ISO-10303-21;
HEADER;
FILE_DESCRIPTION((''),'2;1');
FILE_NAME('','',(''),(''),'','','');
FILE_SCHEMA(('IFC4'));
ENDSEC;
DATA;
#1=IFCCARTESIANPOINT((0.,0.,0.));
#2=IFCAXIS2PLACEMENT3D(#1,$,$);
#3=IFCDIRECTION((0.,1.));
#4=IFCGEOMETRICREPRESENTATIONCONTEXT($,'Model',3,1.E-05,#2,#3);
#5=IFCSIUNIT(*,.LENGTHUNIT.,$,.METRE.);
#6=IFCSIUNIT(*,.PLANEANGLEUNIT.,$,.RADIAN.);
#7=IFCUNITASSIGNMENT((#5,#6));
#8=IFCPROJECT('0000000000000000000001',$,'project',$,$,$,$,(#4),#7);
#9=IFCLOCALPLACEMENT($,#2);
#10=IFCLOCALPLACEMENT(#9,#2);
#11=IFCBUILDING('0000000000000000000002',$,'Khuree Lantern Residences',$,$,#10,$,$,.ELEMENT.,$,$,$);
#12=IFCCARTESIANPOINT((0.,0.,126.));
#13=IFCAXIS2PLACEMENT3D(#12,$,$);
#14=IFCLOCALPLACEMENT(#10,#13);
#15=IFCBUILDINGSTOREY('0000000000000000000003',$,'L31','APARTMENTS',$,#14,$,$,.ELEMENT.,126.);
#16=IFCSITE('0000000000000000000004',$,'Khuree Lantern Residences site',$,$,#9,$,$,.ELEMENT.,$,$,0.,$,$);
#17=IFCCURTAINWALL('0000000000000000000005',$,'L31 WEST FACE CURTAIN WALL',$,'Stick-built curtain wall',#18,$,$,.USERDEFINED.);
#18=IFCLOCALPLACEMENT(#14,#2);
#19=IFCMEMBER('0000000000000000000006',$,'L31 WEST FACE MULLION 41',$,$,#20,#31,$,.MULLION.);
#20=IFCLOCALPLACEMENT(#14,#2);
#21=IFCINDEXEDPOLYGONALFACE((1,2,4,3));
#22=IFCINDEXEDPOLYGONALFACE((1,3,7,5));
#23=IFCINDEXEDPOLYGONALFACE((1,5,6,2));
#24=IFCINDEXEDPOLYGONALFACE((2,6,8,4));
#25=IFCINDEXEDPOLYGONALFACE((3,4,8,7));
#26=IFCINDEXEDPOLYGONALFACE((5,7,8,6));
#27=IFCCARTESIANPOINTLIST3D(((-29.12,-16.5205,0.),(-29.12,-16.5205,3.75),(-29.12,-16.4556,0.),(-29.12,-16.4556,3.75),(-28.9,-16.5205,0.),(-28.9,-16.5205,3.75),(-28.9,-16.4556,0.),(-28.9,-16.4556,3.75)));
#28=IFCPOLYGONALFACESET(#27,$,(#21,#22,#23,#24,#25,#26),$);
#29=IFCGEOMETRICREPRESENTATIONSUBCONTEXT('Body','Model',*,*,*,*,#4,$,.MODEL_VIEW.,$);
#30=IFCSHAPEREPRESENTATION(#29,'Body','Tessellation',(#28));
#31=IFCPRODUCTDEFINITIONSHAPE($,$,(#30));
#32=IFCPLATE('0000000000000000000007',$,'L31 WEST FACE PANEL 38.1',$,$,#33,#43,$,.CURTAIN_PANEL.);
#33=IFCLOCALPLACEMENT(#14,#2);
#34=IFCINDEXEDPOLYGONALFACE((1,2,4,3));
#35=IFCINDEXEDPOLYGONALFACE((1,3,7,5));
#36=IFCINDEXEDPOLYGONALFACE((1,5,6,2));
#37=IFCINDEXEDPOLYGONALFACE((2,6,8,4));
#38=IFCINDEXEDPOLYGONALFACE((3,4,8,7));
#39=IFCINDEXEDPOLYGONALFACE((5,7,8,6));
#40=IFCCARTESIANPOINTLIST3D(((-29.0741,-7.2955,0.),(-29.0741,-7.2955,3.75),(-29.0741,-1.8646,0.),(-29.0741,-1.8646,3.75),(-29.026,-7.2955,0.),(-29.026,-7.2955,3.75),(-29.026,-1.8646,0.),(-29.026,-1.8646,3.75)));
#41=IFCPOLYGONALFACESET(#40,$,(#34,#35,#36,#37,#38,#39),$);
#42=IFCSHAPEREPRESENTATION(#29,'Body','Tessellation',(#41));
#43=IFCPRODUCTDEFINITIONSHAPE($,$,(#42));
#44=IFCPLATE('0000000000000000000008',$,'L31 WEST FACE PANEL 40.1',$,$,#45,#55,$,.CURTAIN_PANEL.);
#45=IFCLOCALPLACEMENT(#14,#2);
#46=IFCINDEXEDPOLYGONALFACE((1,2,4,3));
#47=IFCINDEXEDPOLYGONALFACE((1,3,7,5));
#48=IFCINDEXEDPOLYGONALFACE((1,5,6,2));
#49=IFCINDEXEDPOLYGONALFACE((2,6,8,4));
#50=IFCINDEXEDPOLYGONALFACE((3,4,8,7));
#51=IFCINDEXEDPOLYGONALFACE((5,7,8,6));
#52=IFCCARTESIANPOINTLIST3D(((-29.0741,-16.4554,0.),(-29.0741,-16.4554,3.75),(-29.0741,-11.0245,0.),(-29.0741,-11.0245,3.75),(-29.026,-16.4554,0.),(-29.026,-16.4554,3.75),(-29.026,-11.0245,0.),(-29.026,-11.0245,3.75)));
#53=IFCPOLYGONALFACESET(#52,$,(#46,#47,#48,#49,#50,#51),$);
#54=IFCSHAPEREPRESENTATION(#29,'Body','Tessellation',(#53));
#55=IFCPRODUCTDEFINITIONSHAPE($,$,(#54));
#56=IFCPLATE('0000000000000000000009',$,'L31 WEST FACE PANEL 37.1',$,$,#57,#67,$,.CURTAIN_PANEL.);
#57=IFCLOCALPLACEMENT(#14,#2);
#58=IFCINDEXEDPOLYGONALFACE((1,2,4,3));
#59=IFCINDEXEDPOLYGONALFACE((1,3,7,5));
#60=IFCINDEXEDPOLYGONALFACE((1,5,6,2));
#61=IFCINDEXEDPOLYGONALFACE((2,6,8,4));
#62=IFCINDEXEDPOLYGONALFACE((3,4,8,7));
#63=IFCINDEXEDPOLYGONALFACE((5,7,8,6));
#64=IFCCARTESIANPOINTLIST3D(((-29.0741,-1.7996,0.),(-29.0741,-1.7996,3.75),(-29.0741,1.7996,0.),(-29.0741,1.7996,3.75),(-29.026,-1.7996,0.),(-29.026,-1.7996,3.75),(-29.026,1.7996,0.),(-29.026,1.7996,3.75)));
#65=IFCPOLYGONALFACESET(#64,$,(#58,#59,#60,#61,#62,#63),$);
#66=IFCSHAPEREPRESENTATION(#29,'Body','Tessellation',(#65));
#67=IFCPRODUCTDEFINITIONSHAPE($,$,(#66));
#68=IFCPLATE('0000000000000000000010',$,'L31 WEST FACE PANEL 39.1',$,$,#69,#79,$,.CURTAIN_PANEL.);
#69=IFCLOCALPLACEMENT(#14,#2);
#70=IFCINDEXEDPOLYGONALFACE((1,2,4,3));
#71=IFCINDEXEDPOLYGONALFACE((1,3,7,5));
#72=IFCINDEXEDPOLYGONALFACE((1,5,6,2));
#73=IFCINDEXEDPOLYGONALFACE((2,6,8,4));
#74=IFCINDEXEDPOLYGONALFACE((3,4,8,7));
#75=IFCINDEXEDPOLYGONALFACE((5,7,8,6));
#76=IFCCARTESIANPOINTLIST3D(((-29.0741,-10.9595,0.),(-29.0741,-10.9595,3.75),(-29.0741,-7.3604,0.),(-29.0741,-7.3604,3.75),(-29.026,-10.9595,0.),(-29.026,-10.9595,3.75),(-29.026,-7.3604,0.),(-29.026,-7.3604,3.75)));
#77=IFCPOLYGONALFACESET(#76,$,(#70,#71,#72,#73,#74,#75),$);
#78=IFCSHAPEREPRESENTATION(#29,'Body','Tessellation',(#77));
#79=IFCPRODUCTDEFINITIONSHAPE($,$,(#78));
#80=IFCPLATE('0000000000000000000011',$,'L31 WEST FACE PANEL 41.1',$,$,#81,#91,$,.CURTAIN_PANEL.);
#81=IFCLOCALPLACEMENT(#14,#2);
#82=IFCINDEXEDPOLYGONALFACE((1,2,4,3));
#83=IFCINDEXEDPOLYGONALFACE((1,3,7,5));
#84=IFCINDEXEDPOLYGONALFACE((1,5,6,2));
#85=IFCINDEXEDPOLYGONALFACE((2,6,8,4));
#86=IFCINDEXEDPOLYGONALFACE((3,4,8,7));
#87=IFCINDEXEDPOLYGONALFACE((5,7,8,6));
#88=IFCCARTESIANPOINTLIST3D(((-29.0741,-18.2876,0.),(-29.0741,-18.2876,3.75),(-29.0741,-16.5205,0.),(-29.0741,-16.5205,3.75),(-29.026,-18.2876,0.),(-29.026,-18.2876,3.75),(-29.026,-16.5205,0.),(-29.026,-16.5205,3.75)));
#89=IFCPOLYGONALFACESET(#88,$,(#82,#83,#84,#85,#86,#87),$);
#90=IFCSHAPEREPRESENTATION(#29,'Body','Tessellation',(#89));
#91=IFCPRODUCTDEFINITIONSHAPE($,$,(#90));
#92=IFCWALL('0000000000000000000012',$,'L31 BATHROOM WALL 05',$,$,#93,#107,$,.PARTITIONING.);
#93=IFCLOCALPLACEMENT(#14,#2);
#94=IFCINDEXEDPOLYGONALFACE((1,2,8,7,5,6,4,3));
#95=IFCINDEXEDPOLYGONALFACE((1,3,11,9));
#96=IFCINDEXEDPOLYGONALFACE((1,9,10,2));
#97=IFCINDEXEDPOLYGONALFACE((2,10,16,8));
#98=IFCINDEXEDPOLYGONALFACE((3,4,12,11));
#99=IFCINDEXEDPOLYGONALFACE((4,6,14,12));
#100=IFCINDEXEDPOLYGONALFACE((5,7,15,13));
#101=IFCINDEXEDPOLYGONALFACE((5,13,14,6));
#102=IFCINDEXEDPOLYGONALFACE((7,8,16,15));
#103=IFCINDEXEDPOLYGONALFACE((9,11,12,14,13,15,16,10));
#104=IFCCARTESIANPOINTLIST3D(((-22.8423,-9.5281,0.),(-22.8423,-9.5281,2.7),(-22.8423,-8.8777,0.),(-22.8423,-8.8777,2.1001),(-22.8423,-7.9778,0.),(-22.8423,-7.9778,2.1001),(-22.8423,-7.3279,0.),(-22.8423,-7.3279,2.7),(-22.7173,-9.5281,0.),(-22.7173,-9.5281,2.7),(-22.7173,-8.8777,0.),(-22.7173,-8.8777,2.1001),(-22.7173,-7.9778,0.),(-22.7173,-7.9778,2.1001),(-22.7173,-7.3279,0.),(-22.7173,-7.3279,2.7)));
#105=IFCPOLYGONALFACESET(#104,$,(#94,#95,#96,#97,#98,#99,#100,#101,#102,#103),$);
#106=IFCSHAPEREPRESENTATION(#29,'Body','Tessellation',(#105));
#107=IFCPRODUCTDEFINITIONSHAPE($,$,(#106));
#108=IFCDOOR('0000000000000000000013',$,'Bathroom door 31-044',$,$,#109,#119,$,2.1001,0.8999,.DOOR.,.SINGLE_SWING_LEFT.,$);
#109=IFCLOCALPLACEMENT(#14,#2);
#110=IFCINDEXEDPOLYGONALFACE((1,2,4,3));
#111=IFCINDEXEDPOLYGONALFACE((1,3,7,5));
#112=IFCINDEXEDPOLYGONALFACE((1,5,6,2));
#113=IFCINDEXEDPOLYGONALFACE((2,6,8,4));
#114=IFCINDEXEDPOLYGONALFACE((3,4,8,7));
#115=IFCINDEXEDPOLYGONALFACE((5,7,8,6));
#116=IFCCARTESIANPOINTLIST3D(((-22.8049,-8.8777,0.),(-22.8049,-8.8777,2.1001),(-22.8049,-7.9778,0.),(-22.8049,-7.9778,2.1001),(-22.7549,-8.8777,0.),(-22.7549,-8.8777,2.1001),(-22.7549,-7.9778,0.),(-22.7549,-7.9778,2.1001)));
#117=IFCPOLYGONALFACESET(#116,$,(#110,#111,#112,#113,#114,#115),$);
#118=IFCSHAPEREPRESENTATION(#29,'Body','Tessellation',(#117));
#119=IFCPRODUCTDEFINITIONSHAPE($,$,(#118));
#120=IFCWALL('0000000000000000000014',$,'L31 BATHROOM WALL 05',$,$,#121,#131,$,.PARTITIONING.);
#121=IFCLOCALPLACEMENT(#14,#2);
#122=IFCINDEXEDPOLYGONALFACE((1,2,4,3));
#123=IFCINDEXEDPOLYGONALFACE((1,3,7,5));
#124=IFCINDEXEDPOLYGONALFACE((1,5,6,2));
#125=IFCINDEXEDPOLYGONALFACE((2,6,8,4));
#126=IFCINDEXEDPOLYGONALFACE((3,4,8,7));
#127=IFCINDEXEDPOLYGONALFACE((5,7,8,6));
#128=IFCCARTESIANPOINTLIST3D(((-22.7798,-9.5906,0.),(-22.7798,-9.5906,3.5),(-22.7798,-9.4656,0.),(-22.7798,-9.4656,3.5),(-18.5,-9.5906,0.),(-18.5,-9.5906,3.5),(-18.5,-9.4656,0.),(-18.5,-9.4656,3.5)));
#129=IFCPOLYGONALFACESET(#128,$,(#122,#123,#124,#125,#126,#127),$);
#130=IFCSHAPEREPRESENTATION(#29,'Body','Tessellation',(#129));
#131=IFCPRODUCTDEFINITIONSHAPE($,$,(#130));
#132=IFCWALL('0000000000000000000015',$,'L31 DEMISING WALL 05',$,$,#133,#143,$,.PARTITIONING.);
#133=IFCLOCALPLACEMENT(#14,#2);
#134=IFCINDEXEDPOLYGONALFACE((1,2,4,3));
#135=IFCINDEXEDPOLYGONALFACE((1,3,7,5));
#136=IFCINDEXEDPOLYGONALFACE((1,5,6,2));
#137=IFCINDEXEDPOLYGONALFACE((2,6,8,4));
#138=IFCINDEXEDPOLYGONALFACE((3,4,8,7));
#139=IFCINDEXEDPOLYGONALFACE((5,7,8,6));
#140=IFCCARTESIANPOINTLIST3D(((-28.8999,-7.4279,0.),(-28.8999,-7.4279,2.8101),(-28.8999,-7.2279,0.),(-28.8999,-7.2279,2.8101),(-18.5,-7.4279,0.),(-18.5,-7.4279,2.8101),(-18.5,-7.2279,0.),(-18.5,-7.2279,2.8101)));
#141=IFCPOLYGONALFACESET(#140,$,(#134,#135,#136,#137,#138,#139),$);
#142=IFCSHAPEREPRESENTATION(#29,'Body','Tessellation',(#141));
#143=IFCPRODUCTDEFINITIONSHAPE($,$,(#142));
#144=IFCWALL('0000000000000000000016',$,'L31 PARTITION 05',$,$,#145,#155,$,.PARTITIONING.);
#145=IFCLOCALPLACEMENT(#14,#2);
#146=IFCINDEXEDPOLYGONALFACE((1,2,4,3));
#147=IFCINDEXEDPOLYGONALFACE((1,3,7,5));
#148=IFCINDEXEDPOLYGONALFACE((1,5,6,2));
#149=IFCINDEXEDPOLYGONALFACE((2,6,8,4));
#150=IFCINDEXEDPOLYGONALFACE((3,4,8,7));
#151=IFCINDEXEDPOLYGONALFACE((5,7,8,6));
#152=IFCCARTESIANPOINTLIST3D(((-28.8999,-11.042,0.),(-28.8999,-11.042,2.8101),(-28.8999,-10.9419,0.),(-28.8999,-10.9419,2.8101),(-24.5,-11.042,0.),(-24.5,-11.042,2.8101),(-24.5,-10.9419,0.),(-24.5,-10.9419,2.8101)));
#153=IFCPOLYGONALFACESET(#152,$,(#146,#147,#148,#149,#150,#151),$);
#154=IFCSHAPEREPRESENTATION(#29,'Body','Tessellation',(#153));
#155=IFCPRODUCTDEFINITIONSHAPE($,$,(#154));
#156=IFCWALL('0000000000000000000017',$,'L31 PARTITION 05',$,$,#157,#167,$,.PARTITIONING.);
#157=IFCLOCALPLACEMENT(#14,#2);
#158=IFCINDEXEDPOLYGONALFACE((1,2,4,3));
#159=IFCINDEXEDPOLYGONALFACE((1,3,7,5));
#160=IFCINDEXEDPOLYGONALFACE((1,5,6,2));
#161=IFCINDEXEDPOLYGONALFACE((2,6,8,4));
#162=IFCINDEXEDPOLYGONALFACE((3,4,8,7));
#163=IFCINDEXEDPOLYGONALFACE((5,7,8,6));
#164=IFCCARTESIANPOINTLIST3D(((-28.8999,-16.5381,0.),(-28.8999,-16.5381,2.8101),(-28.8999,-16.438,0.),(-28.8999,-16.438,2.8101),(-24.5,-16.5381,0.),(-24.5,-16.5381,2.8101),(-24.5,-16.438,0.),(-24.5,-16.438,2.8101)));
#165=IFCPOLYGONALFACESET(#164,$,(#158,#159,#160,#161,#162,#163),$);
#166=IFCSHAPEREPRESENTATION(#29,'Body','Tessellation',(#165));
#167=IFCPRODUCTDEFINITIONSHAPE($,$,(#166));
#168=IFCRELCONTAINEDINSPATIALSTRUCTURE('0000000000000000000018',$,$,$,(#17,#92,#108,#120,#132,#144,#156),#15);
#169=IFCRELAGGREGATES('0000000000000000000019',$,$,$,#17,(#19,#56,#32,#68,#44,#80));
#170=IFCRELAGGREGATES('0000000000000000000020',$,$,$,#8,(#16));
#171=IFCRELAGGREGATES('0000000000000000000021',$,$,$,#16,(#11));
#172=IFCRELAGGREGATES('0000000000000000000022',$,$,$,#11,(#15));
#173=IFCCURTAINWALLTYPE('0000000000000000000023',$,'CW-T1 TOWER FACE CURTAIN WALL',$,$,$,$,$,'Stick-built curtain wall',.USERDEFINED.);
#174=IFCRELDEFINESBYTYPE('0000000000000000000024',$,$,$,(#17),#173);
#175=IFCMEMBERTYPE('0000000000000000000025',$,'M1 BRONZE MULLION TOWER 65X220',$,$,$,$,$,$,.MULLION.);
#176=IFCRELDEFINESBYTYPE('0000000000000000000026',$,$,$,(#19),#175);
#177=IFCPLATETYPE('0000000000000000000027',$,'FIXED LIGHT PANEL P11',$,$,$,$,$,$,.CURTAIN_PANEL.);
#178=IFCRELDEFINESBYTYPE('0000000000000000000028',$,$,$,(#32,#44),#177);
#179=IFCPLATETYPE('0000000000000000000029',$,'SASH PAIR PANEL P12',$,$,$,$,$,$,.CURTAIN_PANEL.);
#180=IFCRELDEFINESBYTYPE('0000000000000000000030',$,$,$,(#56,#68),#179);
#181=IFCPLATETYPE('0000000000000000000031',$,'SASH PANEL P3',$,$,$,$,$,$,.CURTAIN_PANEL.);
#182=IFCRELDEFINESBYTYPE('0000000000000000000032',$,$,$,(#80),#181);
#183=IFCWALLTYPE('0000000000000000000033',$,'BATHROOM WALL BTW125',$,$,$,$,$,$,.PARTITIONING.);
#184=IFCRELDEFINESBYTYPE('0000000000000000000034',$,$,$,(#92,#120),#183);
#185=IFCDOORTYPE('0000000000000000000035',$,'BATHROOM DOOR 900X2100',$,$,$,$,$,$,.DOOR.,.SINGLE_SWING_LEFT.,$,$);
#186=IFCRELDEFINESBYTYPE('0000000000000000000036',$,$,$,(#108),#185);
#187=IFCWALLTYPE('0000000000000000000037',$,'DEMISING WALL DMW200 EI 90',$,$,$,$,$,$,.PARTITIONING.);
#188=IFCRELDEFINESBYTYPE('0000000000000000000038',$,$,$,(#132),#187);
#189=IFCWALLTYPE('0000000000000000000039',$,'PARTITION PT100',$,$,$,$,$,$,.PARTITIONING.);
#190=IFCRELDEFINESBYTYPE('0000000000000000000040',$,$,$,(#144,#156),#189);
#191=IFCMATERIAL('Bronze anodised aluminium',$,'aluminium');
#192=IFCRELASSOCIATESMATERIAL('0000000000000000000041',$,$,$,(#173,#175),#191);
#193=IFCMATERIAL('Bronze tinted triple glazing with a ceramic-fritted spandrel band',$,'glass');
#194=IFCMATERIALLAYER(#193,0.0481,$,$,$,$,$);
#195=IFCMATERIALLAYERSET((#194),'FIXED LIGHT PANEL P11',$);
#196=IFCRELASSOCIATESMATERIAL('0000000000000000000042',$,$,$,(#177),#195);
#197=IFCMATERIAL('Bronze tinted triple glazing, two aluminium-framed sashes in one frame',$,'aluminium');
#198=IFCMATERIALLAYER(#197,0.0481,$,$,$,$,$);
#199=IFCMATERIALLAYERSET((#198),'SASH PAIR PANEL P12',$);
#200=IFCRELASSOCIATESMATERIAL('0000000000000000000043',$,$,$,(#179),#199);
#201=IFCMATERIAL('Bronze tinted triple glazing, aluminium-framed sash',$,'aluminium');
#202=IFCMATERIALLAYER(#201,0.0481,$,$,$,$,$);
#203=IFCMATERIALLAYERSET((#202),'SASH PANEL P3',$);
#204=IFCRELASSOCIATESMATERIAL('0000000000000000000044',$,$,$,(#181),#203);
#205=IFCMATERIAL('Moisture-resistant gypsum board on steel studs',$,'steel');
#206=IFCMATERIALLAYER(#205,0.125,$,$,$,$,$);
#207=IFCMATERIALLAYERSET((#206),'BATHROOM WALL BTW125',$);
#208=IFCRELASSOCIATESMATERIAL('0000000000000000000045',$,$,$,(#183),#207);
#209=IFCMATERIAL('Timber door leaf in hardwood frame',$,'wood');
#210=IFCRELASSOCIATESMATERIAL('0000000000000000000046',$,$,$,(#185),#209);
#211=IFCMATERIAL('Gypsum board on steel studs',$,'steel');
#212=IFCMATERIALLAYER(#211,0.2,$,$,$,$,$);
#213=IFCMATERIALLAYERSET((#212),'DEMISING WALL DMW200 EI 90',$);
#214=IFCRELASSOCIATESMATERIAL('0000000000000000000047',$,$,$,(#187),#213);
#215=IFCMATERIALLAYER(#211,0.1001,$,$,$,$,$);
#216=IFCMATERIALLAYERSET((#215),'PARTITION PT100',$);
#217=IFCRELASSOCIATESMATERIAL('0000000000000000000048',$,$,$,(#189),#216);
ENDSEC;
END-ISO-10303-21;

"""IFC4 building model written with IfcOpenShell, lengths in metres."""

from ifc_helpers import new_model, si_unit, direction, frame, frame_2d, origin, origin_2d, place, context, subcontext, project, spatial, rectangle, extrude, material, layer, layer_set, material_profile, profile_set, type_object, element, fill, aggregate, save


model = new_model("IFC4")

# Units and contexts
model_context = context("Model", 3, precision=1e-05, world=origin(), true_north=direction((0.0, 1.0)))
body_context = subcontext(model_context, "Body", "Model", "MODEL_VIEW")
ifc_project = project(units=[si_unit("LENGTHUNIT", "METRE"), si_unit("PLANEANGLEUNIT", "RADIAN")], contexts=[model_context])

# Site, building, storey
site_placement = place(None, origin())
site = spatial("IfcSite", under=ifc_project, at=site_placement, Name="Khuree Lantern Residences site", CompositionType="ELEMENT", RefElevation=0.0)
building_placement = place(site_placement, origin())
building = spatial("IfcBuilding", under=site, at=building_placement, Name="Khuree Lantern Residences", CompositionType="ELEMENT")
storey_placement = place(building_placement, frame((0.0, 0.0, 126.0)))
storey = spatial("IfcBuildingStorey", under=building, at=storey_placement, Name="L31", Description="APARTMENTS", CompositionType="ELEMENT", Elevation=126.0)

# Curtain wall
ifc_material_1 = material(Name="Bronze anodised aluminium", Category="aluminium")
curtain_wall_type = type_object("IfcCurtainWallType", Name="CW-T1 TOWER FACE CURTAIN WALL", ElementType="Stick-built curtain wall", PredefinedType="USERDEFINED", material=ifc_material_1)
curtain_wall_placement = place(storey_placement, origin())
curtain_wall = element("IfcCurtainWall", 1, at=curtain_wall_placement, inside=storey, type_object=curtain_wall_type, Name="L31 WEST FACE CURTAIN WALL", ObjectType="Stick-built curtain wall", PredefinedType="USERDEFINED")

# Member
ifc_material_profile_1 = material_profile(ifc_material_1, rectangle(XDim=0.0649, YDim=0.22, at=origin_2d()), Name="M1 65X220")
ifc_profile_set_1 = profile_set([ifc_material_profile_1], Name="Bronze anodised aluminium")
member_type_1 = type_object("IfcMemberType", Name="M1 BRONZE MULLION TOWER 65X220", PredefinedType="MULLION", material=ifc_profile_set_1)
member_1_placement = place(storey_placement, frame((-29.01, -16.488, 0.0), z_axis=(0.0, 0.0, 1.0), x_axis=(0.0, -1.0, 0.0)))
member_1 = element("IfcMember", 2, at=member_1_placement, type_object=member_type_1, Name="L31 WEST FACE MULLION 41", PredefinedType="MULLION", context=body_context, shape_type="SweptSolid", body=[
    extrude(rectangle(XDim=0.0649, YDim=0.22, at=origin_2d()), origin(), (0.0, 0.0, 1.0), 3.75),
])

# Plates
ifc_material_2 = material(Name="Bronze tinted triple glazing with a ceramic-fritted spandrel band", Category="glass")
ifc_layer_1 = layer(ifc_material_2, 0.0481)
ifc_layer_set_1 = layer_set([ifc_layer_1], Name="FIXED LIGHT PANEL P11")
plate_type_1 = type_object("IfcPlateType", Name="FIXED LIGHT PANEL P11", PredefinedType="CURTAIN_PANEL", material=ifc_layer_set_1)
plate_1_placement = place(storey_placement, frame((-29.05, -4.5801, 0.0), z_axis=(0.0, 0.0, 1.0), x_axis=(0.0, -1.0, 0.0)))
plate_1 = element("IfcPlate", 3, at=plate_1_placement, type_object=plate_type_1, Name="L31 WEST FACE PANEL 38.1", PredefinedType="CURTAIN_PANEL", context=body_context, shape_type="SweptSolid", body=[
    extrude(rectangle(XDim=5.4309, YDim=0.0481, at=origin_2d()), origin(), (0.0, 0.0, 1.0), 3.75),
])
plate_2_placement = place(storey_placement, frame((-29.05, -13.74, 0.0), z_axis=(0.0, 0.0, 1.0), x_axis=(0.0, -1.0, 0.0)))
plate_2 = element("IfcPlate", 4, at=plate_2_placement, type_object=plate_type_1, Name="L31 WEST FACE PANEL 40.1", PredefinedType="CURTAIN_PANEL", context=body_context, shape_type="SweptSolid", body=[
    extrude(rectangle(XDim=5.4309, YDim=0.0481, at=origin_2d()), origin(), (0.0, 0.0, 1.0), 3.75),
])
ifc_material_3 = material(Name="Bronze tinted triple glazing, two aluminium-framed sashes in one frame", Category="aluminium")
ifc_layer_2 = layer(ifc_material_3, 0.0481)
ifc_layer_set_2 = layer_set([ifc_layer_2], Name="SASH PAIR PANEL P12")
plate_type_2 = type_object("IfcPlateType", Name="SASH PAIR PANEL P12", PredefinedType="CURTAIN_PANEL", material=ifc_layer_set_2)
plate_3_placement = place(storey_placement, frame((-29.05, 0.0, 0.0), z_axis=(0.0, 0.0, 1.0), x_axis=(0.0, -1.0, 0.0)))
plate_3 = element("IfcPlate", 5, at=plate_3_placement, type_object=plate_type_2, Name="L31 WEST FACE PANEL 37.1", PredefinedType="CURTAIN_PANEL", context=body_context, shape_type="SweptSolid", body=[
    extrude(rectangle(XDim=3.5991, YDim=0.0481, at=origin_2d()), origin(), (0.0, 0.0, 1.0), 3.75),
])
plate_4_placement = place(storey_placement, frame((-29.05, -9.1599, 0.0), z_axis=(0.0, 0.0, 1.0), x_axis=(0.0, -1.0, 0.0)))
plate_4 = element("IfcPlate", 6, at=plate_4_placement, type_object=plate_type_2, Name="L31 WEST FACE PANEL 39.1", PredefinedType="CURTAIN_PANEL", context=body_context, shape_type="SweptSolid", body=[
    extrude(rectangle(XDim=3.5991, YDim=0.0481, at=origin_2d()), origin(), (0.0, 0.0, 1.0), 3.75),
])
ifc_material_4 = material(Name="Bronze tinted triple glazing, aluminium-framed sash", Category="aluminium")
ifc_layer_3 = layer(ifc_material_4, 0.0481)
ifc_layer_set_3 = layer_set([ifc_layer_3], Name="SASH PANEL P3")
plate_type_3 = type_object("IfcPlateType", Name="SASH PANEL P3", PredefinedType="CURTAIN_PANEL", material=ifc_layer_set_3)
plate_5_placement = place(storey_placement, frame((-29.05, -17.4041, 0.0), z_axis=(0.0, 0.0, 1.0), x_axis=(0.0, -1.0, 0.0)))
plate_5 = element("IfcPlate", 7, at=plate_5_placement, type_object=plate_type_3, Name="L31 WEST FACE PANEL 41.1", PredefinedType="CURTAIN_PANEL", context=body_context, shape_type="SweptSolid", body=[
    extrude(rectangle(XDim=1.7671, YDim=0.0481, at=origin_2d()), origin(), (0.0, 0.0, 1.0), 3.75),
])
aggregate(curtain_wall, [member_1, plate_3, plate_1, plate_4, plate_2, plate_5])

# Wall, opening, door
ifc_material_5 = material(Name="Moisture-resistant gypsum board on steel studs", Category="steel")
ifc_layer_4 = layer(ifc_material_5, 0.125)
ifc_layer_set_4 = layer_set([ifc_layer_4], Name="BATHROOM WALL BTW125")
wall_type_1 = type_object("IfcWallType", Name="BATHROOM WALL BTW125", PredefinedType="PARTITIONING", material=ifc_layer_set_4)
wall_1_placement = place(storey_placement, frame((-22.7798, -7.3279, 0.0), z_axis=(0.0, 0.0, 1.0), x_axis=(0.0, -1.0, 0.0)))
wall_1 = element("IfcWall", 8, at=wall_1_placement, inside=storey, type_object=wall_type_1, Name="L31 BATHROOM WALL 05", PredefinedType="PARTITIONING", context=body_context, shape_type="SweptSolid", body=[
    extrude(rectangle(XDim=2.2002, YDim=0.125, at=frame_2d((1.1001, 0.0))), origin(), (0.0, 0.0, 1.0), 2.7),
])
opening_1_placement = place(wall_1_placement, frame((0.6499, 0.0, 0.0)))
opening_1 = element("IfcOpeningElement", 9, at=opening_1_placement, cuts=wall_1, PredefinedType="OPENING", context=body_context, shape_type="SweptSolid", body=[
    extrude(rectangle(XDim=0.8999, YDim=2.1001, at=frame_2d((0.45, 1.05))), frame((0.0, 0.0725, 0.0), z_axis=(0.0, -1.0, 0.0), x_axis=(1.0, 0.0, 0.0)), (0.0, 0.0, 1.0), 0.145),
])
ifc_material_6 = material(Name="Timber door leaf in hardwood frame", Category="wood")
door_type_1 = type_object("IfcDoorType", Name="BATHROOM DOOR 900X2100", OperationType="SINGLE_SWING_LEFT", PredefinedType="DOOR", material=ifc_material_6)
door_1_placement = place(opening_1_placement, origin())
door_1 = element("IfcDoor", 10, at=door_1_placement, inside=storey, type_object=door_type_1, Name="Bathroom door 31-044", OperationType="SINGLE_SWING_LEFT", OverallHeight=2.1001, OverallWidth=0.8999, PredefinedType="DOOR", context=body_context, shape_type="SweptSolid", body=[
    extrude(rectangle(XDim=0.8999, YDim=2.1001, at=frame_2d((0.45, 1.05))), frame((0.0, 0.0249, 0.0), z_axis=(0.0, -1.0, 0.0), x_axis=(1.0, 0.0, 0.0)), (0.0, 0.0, 1.0), 0.05),
])
fill(opening_1, door_1)

# Walls
wall_2_placement = place(storey_placement, frame((-18.5, -9.5281, 0.0), z_axis=(0.0, 0.0, 1.0), x_axis=(-1.0, 0.0, 0.0)))
element("IfcWall", 11, at=wall_2_placement, inside=storey, type_object=wall_type_1, Name="L31 BATHROOM WALL 05", PredefinedType="PARTITIONING", context=body_context, shape_type="SweptSolid", body=[
    extrude(rectangle(XDim=4.2798, YDim=0.125, at=frame_2d((2.1399, 0.0))), origin(), (0.0, 0.0, 1.0), 3.5),
])
ifc_material_7 = material(Name="Gypsum board on steel studs", Category="steel")
ifc_layer_5 = layer(ifc_material_7, 0.2)
ifc_layer_set_5 = layer_set([ifc_layer_5], Name="DEMISING WALL DMW200 EI 90")
wall_type_2 = type_object("IfcWallType", Name="DEMISING WALL DMW200 EI 90", PredefinedType="PARTITIONING", material=ifc_layer_set_5)
wall_3_placement = place(storey_placement, frame((-18.5, -7.3279, 0.0), z_axis=(0.0, 0.0, 1.0), x_axis=(-1.0, 0.0, 0.0)))
element("IfcWall", 12, at=wall_3_placement, inside=storey, type_object=wall_type_2, Name="L31 DEMISING WALL 05", PredefinedType="PARTITIONING", context=body_context, shape_type="SweptSolid", body=[
    extrude(rectangle(XDim=10.3999, YDim=0.2, at=frame_2d((5.2, 0.0))), origin(), (0.0, 0.0, 1.0), 2.8101),
])
ifc_layer_6 = layer(ifc_material_7, 0.1001)
ifc_layer_set_6 = layer_set([ifc_layer_6], Name="PARTITION PT100")
wall_type_3 = type_object("IfcWallType", Name="PARTITION PT100", PredefinedType="PARTITIONING", material=ifc_layer_set_6)
for number, where, z_axis, x_axis, name in (
    (13, (-24.5, -10.9919, 0.0), (0.0, 0.0, 1.0), (-1.0, 0.0, 0.0), "L31 PARTITION 05"),
    (14, (-24.5, -16.488, 0.0), (0.0, 0.0, 1.0), (-1.0, 0.0, 0.0), "L31 PARTITION 05"),
):
    element("IfcWall", number, at=place(storey_placement, frame(where, z_axis=z_axis, x_axis=x_axis)), inside=storey, type_object=wall_type_3, Name=name, PredefinedType="PARTITIONING", context=body_context, shape_type="SweptSolid", body=[
        extrude(rectangle(XDim=4.3999, YDim=0.1001, at=frame_2d((2.2, 0.0))), origin(), (0.0, 0.0, 1.0), 2.8101),
    ])

save(model, "model.ifc")
